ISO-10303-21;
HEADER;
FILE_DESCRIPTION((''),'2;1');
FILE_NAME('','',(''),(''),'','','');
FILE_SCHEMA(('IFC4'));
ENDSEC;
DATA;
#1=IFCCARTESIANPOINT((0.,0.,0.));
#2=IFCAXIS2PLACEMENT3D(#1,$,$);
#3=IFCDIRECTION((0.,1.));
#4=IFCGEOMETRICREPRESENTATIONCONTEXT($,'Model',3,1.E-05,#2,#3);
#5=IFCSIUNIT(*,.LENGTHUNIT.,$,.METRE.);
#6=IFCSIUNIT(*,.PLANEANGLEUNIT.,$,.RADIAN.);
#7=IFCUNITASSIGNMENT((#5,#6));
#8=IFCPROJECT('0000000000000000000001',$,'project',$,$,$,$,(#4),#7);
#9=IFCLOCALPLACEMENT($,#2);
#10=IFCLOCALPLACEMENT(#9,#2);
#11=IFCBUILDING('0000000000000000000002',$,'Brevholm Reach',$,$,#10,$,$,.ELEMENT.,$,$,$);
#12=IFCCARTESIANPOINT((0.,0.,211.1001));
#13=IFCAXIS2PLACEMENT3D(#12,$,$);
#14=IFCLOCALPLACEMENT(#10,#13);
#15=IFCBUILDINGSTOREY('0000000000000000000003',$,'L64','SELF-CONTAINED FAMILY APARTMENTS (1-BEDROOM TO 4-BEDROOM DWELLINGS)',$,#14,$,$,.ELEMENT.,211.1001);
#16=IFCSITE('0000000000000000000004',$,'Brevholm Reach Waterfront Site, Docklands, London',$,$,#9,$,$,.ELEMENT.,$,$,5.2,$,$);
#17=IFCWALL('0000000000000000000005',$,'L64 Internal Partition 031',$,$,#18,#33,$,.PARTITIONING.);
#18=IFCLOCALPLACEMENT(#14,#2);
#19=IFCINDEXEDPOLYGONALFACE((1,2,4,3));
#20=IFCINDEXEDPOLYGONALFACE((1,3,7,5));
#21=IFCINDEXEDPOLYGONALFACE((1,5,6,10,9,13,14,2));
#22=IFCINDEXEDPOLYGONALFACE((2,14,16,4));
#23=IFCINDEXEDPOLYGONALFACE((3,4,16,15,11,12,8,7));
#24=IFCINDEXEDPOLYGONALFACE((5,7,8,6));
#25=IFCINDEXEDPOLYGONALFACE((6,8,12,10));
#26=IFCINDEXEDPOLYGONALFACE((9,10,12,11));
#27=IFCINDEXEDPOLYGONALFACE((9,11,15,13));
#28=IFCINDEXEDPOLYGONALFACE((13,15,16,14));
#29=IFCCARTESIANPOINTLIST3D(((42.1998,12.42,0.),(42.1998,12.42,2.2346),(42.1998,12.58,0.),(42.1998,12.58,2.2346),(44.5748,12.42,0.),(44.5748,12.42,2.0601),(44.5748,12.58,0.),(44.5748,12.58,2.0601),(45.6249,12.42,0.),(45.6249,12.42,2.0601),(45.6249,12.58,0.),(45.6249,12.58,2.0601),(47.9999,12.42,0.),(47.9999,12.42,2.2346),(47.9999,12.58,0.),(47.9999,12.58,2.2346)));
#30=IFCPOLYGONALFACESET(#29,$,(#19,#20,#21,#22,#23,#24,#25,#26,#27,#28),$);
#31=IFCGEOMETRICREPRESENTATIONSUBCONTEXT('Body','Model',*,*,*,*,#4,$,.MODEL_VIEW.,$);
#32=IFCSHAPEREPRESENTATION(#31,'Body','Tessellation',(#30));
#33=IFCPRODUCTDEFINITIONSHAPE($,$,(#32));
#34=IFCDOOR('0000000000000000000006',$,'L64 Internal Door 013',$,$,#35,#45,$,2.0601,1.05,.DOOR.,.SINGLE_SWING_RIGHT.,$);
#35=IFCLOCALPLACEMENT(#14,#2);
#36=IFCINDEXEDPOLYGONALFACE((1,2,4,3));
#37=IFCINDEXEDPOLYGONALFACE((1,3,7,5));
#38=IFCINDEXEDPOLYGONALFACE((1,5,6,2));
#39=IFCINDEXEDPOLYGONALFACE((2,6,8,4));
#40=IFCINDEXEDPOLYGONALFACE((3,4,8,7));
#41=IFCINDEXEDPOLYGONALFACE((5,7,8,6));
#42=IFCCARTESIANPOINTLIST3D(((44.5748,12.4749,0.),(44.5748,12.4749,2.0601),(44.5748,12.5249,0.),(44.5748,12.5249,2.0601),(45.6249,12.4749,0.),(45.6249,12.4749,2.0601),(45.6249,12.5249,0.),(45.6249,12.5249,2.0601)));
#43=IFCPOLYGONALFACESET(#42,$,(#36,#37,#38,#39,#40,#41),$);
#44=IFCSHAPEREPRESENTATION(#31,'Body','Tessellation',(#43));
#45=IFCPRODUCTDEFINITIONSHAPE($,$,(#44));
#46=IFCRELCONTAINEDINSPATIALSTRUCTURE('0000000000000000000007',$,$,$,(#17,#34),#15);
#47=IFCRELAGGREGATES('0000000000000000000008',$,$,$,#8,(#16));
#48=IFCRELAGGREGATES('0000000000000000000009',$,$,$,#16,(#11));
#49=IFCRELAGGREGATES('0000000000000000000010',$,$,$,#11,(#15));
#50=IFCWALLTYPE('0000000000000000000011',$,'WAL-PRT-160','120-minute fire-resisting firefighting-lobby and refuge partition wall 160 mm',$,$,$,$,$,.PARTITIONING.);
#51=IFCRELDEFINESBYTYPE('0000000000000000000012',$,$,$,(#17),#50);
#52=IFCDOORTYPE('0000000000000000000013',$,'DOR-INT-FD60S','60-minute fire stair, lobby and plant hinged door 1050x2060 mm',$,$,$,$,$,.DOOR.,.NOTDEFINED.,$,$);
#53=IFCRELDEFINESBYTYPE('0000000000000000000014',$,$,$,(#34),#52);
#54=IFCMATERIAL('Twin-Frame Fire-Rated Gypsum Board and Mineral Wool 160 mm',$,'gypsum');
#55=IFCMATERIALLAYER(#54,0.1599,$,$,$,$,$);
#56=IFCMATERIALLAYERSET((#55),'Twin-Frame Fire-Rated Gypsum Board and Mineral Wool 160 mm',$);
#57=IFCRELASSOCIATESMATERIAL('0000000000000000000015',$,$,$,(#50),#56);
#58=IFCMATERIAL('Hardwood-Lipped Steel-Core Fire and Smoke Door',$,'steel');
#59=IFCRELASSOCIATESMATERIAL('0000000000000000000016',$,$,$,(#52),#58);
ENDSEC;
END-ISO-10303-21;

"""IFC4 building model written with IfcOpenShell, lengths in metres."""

from ifc_helpers import new_model, si_unit, direction, frame, frame_2d, origin, place, context, subcontext, project, spatial, rectangle, extrude, material, layer, layer_set, type_object, element, fill, save


model = new_model("IFC4")

# Units and contexts
model_context = context("Model", 3, precision=1e-05, world=origin(), true_north=direction((0.0, 1.0)))
body_context = subcontext(model_context, "Body", "Model", "MODEL_VIEW")
ifc_project = project(units=[si_unit("LENGTHUNIT", "METRE"), si_unit("PLANEANGLEUNIT", "RADIAN")], contexts=[model_context])

# Site, building, storey
site_placement = place(None, origin())
site = spatial("IfcSite", under=ifc_project, at=site_placement, Name="Brevholm Reach Waterfront Site, Docklands, London", CompositionType="ELEMENT", RefElevation=5.2)
building_placement = place(site_placement, origin())
building = spatial("IfcBuilding", under=site, at=building_placement, Name="Brevholm Reach", CompositionType="ELEMENT")
storey_placement = place(building_placement, frame((0.0, 0.0, 211.1001)))
storey = spatial("IfcBuildingStorey", under=building, at=storey_placement, Name="L64", Description="SELF-CONTAINED FAMILY APARTMENTS (1-BEDROOM TO 4-BEDROOM DWELLINGS)", CompositionType="ELEMENT", Elevation=211.1001)

# Wall, opening, door
ifc_material_1 = material(Name="Twin-Frame Fire-Rated Gypsum Board and Mineral Wool 160 mm", Category="gypsum")
ifc_layer_1 = layer(ifc_material_1, 0.1599)
ifc_layer_set_1 = layer_set([ifc_layer_1], Name="Twin-Frame Fire-Rated Gypsum Board and Mineral Wool 160 mm")
wall_type_1 = type_object("IfcWallType", Name="WAL-PRT-160", Description="120-minute fire-resisting firefighting-lobby and refuge partition wall 160 mm", PredefinedType="PARTITIONING", material=ifc_layer_set_1)
wall_1_placement = place(storey_placement, frame((42.2, 12.5, 0.0), z_axis=(0.0, 0.0, 1.0), x_axis=(1.0, 0.0, 0.0)))
wall_1 = element("IfcWall", 1, at=wall_1_placement, inside=storey, type_object=wall_type_1, Name="L64 Internal Partition 031", PredefinedType="PARTITIONING", context=body_context, shape_type="SweptSolid", body=[
    extrude(rectangle(XDim=5.8, YDim=0.1599, at=frame_2d((2.8999, 0.0))), origin(), (0.0, 0.0, 1.0), 2.2346),
])
opening_1_placement = place(wall_1_placement, frame((2.375, 0.0, 0.0)))
opening_1 = element("IfcOpeningElement", 2, at=opening_1_placement, cuts=wall_1, PredefinedType="OPENING", context=body_context, shape_type="SweptSolid", body=[
    extrude(rectangle(XDim=1.05, YDim=2.0601, at=frame_2d((0.5249, 1.03))), frame((0.0, 0.0898, 0.0), z_axis=(0.0, -1.0, 0.0), x_axis=(1.0, 0.0, 0.0)), (0.0, 0.0, 1.0), 0.1799),
])
ifc_material_2 = material(Name="Hardwood-Lipped Steel-Core Fire and Smoke Door", Category="steel")
door_type_1 = type_object("IfcDoorType", Name="DOR-INT-FD60S", Description="60-minute fire stair, lobby and plant hinged door 1050x2060 mm", OperationType="NOTDEFINED", PredefinedType="DOOR", material=ifc_material_2)
door_1_placement = place(opening_1_placement, origin())
door_1 = element("IfcDoor", 3, at=door_1_placement, inside=storey, type_object=door_type_1, Name="L64 Internal Door 013", OperationType="SINGLE_SWING_RIGHT", OverallHeight=2.0601, OverallWidth=1.05, PredefinedType="DOOR", context=body_context, shape_type="SweptSolid", body=[
    extrude(rectangle(XDim=1.05, YDim=2.0601, at=frame_2d((0.5249, 1.03))), frame((0.0, 0.0249, 0.0), z_axis=(0.0, -1.0, 0.0), x_axis=(1.0, 0.0, 0.0)), (0.0, 0.0, 1.0), 0.05),
])
fill(opening_1, door_1)

save(model, "model.ifc")
